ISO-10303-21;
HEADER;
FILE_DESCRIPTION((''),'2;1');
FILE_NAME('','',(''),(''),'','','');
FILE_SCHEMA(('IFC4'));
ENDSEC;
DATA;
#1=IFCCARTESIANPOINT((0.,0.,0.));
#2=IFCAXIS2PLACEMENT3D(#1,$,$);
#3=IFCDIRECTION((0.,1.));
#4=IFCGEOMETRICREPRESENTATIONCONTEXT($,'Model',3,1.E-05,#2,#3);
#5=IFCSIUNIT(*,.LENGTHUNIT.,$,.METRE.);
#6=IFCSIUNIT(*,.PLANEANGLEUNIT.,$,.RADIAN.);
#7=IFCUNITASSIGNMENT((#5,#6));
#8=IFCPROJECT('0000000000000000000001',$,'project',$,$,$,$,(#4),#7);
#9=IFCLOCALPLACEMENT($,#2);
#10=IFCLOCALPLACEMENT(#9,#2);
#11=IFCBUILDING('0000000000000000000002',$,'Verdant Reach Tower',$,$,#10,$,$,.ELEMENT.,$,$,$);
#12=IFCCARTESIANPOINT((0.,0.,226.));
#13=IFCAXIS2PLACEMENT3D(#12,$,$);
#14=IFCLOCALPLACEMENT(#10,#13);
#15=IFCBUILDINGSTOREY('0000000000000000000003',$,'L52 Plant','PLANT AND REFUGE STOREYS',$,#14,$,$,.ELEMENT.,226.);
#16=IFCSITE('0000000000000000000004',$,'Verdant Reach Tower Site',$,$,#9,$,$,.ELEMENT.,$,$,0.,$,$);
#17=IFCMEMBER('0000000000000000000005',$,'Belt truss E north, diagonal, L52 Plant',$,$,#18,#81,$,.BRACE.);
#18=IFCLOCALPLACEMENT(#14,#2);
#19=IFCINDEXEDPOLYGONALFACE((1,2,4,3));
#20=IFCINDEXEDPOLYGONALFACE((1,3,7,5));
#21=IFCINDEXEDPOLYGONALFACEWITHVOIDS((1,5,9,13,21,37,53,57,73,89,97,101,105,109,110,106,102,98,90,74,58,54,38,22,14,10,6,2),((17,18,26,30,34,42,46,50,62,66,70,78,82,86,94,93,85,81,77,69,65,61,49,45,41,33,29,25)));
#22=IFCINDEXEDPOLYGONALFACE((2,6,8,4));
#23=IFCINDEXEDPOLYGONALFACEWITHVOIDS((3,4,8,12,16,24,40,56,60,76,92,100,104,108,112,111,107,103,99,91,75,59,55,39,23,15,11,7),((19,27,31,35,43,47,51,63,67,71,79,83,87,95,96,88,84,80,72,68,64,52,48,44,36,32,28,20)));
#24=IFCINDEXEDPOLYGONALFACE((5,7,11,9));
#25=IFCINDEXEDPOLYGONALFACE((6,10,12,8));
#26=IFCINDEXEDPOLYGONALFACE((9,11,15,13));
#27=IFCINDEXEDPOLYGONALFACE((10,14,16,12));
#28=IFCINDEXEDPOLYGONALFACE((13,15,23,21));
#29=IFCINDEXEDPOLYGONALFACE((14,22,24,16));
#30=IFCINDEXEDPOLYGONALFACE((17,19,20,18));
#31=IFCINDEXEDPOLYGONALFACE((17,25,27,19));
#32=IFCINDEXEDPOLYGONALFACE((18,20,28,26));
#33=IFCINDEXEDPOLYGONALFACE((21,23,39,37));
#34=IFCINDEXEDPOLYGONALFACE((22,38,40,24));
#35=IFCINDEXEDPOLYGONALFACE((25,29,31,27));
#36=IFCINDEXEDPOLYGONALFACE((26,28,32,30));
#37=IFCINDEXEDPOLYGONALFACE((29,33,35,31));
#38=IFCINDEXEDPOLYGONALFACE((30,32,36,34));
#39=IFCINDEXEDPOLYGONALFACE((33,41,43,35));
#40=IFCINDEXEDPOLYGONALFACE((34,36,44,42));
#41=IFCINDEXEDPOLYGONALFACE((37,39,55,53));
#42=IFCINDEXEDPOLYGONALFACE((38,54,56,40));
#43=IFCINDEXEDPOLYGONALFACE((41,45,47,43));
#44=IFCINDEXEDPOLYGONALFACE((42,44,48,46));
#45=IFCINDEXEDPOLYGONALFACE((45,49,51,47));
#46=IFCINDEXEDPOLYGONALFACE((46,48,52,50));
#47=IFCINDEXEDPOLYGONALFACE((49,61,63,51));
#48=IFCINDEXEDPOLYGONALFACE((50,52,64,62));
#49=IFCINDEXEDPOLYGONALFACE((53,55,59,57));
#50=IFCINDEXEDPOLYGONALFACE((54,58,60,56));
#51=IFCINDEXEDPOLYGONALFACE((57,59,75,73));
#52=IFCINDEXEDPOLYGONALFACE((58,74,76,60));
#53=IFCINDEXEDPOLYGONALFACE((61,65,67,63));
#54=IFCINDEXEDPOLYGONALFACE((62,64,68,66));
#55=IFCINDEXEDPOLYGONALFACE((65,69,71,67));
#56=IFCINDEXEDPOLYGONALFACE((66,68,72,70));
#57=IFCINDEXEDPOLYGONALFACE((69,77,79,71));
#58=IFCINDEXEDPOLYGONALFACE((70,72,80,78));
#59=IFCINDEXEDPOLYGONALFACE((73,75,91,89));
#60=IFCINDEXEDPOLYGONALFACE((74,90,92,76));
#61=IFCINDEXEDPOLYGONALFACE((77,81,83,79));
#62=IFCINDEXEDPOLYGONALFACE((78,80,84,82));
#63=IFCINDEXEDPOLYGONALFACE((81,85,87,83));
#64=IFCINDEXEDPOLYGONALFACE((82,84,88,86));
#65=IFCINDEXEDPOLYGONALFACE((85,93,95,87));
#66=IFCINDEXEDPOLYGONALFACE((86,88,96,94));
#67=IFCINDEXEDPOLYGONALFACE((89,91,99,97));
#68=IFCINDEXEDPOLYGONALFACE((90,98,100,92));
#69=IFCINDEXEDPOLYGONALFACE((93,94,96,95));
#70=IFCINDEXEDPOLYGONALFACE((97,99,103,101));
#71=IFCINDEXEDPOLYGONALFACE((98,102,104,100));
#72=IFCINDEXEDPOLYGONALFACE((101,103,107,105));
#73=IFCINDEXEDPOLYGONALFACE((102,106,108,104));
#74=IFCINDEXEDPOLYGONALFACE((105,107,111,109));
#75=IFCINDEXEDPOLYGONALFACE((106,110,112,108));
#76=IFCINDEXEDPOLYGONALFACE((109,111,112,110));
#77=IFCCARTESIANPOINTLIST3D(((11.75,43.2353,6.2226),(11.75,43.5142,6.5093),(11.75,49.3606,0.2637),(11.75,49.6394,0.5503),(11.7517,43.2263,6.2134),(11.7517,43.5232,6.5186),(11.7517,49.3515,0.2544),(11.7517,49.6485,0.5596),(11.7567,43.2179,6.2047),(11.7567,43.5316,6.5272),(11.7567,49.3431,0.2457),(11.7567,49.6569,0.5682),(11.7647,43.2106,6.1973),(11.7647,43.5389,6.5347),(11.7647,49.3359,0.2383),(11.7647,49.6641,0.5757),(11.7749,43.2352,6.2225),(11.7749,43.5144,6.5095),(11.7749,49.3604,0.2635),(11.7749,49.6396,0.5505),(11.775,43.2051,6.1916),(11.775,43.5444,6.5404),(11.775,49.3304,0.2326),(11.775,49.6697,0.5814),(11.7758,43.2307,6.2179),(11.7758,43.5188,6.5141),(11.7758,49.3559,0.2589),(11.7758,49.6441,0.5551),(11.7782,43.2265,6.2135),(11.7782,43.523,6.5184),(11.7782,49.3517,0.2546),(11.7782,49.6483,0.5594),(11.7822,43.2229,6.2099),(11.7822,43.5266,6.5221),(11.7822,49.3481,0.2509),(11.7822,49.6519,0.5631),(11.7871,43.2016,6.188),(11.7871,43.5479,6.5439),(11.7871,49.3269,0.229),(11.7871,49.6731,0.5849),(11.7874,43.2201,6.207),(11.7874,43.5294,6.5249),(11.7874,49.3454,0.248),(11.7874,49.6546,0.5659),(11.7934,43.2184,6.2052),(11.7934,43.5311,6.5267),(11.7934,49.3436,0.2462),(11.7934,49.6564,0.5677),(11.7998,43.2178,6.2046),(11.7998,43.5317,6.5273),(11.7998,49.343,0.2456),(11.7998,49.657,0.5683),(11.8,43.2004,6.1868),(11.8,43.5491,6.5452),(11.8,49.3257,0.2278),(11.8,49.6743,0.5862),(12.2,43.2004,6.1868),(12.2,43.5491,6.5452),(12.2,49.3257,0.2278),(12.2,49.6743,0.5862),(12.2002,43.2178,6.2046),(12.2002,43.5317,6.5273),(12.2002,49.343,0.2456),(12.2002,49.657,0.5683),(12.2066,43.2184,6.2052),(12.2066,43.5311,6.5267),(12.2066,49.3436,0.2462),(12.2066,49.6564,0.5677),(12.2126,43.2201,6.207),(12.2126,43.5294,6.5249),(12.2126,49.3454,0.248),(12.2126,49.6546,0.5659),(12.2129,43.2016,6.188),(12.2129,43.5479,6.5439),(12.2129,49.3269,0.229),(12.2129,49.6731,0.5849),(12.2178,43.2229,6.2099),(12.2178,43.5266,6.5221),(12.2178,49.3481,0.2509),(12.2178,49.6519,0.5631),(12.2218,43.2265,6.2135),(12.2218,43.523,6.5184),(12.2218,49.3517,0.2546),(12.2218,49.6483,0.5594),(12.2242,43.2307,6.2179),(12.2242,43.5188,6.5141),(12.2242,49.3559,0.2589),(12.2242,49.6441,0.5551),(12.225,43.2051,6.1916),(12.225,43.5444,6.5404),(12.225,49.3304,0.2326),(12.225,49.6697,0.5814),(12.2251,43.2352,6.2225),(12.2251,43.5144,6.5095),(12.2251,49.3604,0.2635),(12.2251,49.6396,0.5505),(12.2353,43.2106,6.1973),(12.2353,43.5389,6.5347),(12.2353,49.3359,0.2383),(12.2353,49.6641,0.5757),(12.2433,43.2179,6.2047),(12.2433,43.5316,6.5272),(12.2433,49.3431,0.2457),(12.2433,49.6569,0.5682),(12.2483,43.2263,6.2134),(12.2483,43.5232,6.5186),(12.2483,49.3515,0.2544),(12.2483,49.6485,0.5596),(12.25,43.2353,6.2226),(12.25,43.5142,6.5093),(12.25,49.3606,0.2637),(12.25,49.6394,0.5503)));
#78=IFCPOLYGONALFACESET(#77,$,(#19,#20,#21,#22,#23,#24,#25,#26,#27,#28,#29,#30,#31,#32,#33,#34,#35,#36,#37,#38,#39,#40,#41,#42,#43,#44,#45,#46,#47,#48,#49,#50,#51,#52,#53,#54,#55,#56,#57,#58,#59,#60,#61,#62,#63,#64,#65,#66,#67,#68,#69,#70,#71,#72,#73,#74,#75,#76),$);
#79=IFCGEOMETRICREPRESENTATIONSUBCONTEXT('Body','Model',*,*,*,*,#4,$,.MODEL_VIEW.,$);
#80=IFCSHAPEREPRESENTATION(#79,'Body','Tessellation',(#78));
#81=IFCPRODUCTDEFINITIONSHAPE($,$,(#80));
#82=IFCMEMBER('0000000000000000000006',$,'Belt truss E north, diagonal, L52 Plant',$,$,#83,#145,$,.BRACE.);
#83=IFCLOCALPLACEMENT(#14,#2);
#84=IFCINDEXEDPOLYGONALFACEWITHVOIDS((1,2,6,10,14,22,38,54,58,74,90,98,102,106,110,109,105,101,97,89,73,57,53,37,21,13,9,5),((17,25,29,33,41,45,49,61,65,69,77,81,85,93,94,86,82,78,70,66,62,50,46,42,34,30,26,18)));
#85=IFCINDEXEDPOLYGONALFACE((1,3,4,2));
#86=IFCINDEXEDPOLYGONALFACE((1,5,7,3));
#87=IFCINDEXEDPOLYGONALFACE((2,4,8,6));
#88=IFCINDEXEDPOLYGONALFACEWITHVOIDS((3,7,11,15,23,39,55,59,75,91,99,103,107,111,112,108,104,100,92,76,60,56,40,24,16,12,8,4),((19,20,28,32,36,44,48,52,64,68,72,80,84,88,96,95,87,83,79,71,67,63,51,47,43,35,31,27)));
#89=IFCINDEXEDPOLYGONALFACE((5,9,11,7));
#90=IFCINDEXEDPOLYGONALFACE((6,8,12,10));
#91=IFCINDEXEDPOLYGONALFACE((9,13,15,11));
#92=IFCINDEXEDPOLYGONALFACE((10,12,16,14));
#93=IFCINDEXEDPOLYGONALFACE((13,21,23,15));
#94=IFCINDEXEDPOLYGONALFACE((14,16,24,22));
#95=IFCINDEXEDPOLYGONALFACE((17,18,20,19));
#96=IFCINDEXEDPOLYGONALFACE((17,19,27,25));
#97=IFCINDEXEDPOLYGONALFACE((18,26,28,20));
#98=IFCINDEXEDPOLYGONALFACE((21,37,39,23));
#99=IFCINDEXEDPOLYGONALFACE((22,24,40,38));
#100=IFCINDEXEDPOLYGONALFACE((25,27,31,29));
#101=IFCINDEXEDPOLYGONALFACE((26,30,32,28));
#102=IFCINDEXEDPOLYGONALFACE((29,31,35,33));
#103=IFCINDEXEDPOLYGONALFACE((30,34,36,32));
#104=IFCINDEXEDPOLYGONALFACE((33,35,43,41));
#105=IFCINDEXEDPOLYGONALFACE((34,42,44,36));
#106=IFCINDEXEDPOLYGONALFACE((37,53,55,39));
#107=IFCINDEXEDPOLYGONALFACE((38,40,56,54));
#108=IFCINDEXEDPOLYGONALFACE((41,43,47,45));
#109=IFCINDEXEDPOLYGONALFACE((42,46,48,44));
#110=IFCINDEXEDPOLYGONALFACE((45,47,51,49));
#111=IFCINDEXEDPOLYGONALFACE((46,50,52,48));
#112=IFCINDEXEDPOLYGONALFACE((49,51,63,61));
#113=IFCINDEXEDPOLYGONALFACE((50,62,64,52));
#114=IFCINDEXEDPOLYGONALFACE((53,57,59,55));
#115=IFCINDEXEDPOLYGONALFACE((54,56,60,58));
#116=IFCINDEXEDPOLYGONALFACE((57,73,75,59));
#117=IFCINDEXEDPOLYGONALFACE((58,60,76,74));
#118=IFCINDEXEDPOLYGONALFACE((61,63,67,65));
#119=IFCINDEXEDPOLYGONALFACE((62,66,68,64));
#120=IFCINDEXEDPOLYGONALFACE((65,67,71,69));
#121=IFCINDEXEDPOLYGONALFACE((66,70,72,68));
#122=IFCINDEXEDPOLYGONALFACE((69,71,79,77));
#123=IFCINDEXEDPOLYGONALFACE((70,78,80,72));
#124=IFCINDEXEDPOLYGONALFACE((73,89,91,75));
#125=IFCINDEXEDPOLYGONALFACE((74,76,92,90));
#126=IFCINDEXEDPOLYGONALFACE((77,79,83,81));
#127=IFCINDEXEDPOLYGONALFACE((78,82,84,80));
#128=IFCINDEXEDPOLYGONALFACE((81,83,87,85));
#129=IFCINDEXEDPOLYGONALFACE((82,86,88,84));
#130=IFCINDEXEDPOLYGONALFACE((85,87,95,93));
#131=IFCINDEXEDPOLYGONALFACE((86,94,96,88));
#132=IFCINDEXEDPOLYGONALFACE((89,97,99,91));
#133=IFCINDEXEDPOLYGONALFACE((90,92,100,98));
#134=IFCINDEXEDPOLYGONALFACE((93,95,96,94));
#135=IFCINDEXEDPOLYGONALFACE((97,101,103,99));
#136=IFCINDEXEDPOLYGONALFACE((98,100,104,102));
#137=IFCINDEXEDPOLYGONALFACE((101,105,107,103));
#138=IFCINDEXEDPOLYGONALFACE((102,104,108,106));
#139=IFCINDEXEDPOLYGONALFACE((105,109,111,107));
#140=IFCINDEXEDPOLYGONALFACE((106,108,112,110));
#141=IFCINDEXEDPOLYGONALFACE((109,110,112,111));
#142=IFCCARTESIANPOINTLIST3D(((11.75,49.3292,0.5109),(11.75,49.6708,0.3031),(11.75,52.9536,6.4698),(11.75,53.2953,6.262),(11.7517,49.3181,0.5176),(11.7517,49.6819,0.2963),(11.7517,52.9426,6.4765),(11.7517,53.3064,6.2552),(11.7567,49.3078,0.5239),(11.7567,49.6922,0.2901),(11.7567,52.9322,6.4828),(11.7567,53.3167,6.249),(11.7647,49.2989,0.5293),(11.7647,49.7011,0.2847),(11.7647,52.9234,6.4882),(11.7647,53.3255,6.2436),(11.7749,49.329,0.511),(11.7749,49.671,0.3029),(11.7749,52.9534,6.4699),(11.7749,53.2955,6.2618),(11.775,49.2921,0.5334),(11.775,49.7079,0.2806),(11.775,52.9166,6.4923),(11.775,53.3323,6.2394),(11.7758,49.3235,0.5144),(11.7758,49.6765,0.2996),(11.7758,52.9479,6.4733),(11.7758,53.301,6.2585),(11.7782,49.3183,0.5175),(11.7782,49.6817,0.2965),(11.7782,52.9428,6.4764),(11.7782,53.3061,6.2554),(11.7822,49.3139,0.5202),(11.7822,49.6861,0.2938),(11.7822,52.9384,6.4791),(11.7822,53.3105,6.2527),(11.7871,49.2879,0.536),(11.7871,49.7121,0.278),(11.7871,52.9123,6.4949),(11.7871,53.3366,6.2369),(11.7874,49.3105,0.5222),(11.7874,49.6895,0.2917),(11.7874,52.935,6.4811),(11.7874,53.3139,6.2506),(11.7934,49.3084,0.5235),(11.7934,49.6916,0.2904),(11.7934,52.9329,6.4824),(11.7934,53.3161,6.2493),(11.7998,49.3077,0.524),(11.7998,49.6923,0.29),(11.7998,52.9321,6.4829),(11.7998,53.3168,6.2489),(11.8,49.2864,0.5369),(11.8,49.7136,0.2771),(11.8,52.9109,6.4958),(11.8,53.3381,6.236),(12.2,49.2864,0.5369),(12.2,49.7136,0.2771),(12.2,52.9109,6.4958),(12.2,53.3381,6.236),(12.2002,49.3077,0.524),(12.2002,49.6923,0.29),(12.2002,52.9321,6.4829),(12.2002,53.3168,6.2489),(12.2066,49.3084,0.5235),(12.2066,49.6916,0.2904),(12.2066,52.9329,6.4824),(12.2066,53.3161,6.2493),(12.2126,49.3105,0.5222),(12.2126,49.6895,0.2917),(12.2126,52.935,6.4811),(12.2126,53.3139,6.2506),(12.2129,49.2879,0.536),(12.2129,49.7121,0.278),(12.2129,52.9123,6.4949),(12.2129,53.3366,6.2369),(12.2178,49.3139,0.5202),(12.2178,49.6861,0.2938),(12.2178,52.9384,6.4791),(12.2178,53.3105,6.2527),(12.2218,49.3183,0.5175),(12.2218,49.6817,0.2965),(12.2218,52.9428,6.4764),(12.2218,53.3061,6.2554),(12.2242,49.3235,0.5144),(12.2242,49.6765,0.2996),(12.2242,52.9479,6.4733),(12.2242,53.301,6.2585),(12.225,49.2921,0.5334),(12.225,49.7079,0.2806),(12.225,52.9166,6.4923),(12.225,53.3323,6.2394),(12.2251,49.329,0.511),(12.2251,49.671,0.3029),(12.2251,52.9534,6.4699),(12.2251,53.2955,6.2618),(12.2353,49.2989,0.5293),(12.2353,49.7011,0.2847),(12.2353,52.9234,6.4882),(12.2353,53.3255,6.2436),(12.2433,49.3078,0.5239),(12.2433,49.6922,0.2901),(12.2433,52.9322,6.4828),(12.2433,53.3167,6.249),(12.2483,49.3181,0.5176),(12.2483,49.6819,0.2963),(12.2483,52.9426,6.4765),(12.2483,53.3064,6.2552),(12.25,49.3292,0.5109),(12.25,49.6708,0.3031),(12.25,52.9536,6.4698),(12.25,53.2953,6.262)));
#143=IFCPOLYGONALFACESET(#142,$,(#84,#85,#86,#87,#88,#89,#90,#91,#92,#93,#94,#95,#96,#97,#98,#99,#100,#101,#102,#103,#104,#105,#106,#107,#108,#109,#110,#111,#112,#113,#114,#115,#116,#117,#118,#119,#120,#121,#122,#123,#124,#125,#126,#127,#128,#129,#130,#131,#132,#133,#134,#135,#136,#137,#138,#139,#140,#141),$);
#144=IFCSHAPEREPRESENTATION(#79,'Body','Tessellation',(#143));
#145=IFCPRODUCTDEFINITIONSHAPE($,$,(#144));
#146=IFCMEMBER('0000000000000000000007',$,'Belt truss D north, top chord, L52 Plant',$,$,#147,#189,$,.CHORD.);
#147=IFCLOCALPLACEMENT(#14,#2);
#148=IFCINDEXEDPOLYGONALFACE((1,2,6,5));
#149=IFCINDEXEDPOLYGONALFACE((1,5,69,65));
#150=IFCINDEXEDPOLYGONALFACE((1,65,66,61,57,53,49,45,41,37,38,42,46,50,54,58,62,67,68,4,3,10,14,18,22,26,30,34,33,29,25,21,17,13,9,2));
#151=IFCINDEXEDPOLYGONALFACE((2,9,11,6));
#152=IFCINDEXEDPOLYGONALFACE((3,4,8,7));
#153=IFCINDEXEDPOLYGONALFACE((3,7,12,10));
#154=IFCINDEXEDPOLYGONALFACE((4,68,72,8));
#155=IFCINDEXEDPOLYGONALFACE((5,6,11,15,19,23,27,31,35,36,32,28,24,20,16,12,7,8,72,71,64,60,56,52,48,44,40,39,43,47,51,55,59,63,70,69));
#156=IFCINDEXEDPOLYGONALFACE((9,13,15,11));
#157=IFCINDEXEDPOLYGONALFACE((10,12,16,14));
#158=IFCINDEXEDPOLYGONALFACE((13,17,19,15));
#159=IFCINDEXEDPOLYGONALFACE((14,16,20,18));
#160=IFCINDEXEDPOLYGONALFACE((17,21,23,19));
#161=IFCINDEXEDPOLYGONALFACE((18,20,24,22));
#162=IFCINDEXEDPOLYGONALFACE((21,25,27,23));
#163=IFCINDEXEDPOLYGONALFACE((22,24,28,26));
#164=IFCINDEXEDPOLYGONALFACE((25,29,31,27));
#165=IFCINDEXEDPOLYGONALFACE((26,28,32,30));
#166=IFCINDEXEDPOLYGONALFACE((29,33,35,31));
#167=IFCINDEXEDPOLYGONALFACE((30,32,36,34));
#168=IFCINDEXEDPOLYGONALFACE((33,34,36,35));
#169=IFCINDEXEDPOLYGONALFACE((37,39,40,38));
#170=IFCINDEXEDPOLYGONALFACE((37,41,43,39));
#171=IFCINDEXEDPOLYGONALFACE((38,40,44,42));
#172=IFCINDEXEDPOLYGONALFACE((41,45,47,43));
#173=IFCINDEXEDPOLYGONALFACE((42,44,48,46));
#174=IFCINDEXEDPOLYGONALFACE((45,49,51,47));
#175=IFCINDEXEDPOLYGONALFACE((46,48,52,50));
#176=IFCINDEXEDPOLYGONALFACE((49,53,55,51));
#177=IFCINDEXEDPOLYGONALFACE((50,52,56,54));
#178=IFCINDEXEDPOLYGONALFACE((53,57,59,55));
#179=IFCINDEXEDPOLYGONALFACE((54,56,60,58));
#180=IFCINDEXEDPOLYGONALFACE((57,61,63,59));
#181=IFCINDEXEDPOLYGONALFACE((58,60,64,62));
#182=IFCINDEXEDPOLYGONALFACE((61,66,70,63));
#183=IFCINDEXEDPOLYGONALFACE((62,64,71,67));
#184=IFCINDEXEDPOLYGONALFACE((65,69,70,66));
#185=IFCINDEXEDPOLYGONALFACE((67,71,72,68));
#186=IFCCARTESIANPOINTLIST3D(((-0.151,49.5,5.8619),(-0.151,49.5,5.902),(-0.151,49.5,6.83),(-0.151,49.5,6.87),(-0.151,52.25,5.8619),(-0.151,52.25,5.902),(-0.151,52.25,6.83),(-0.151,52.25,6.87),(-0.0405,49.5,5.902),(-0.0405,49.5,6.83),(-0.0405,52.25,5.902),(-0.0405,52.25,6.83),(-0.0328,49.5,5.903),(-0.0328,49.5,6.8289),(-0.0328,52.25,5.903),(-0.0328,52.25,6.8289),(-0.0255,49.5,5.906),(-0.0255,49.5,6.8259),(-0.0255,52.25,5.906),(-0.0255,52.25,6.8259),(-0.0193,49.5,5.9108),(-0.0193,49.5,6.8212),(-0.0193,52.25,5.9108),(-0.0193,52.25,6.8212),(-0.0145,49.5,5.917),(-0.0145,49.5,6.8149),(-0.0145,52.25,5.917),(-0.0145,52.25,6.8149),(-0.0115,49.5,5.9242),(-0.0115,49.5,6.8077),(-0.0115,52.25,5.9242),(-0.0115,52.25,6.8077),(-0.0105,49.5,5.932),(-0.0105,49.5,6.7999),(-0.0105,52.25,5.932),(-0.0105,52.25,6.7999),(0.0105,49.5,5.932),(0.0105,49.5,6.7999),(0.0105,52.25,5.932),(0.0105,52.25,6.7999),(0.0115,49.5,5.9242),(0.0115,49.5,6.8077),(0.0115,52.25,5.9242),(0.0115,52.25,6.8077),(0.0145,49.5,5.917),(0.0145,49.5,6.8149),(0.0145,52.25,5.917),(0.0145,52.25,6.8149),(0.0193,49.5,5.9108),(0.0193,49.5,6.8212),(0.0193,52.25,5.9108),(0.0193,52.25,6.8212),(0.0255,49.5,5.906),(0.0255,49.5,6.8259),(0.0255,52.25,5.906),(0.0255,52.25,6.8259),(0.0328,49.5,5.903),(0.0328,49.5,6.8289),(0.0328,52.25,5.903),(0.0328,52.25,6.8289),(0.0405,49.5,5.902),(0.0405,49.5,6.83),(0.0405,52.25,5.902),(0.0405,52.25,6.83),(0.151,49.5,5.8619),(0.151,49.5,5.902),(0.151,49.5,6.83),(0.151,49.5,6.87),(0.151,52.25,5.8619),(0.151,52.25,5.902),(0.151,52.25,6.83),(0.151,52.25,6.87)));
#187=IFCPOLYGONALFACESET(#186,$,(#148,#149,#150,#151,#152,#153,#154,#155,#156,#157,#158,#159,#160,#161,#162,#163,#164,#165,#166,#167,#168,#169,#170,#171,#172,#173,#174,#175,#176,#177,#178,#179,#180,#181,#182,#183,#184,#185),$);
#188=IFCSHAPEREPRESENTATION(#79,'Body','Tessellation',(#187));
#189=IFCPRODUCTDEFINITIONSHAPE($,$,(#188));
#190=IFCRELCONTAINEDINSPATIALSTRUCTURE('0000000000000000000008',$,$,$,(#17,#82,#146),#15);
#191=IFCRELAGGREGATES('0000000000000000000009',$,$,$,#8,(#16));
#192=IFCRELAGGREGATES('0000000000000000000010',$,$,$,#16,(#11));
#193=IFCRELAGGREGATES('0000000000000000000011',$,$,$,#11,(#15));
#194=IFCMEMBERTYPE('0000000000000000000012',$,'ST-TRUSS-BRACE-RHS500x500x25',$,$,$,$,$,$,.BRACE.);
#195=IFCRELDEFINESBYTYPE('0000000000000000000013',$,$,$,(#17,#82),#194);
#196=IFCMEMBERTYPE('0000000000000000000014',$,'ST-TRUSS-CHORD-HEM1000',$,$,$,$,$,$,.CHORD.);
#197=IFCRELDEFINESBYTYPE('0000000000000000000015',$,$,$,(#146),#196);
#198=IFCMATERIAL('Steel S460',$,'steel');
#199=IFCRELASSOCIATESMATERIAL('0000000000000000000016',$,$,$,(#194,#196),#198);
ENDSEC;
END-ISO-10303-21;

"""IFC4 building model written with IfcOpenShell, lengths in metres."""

from ifc_helpers import new_model, si_unit, direction, frame, origin, origin_2d, place, context, subcontext, project, spatial, hollow_rectangle, i_section, extrude, material, material_profile, profile_set, type_object, element, save


model = new_model("IFC4")

# Units and contexts
model_context = context("Model", 3, precision=1e-05, world=origin(), true_north=direction((0.0, 1.0)))
body_context = subcontext(model_context, "Body", "Model", "MODEL_VIEW")
ifc_project = project(units=[si_unit("LENGTHUNIT", "METRE"), si_unit("PLANEANGLEUNIT", "RADIAN")], contexts=[model_context])

# Site, building, storey
site_placement = place(None, origin())
site = spatial("IfcSite", under=ifc_project, at=site_placement, Name="Verdant Reach Tower Site", CompositionType="ELEMENT", RefElevation=0.0)
building_placement = place(site_placement, origin())
building = spatial("IfcBuilding", under=site, at=building_placement, Name="Verdant Reach Tower", CompositionType="ELEMENT")
storey_placement = place(building_placement, frame((0.0, 0.0, 226.0)))
storey = spatial("IfcBuildingStorey", under=building, at=storey_placement, Name="L52 Plant", Description="PLANT AND REFUGE STOREYS", CompositionType="ELEMENT", Elevation=226.0)

# Shared definitions
ifc_material_1 = material(Name="Steel S460", Category="steel")

# Members
ifc_material_profile_1 = material_profile(ifc_material_1, hollow_rectangle(XDim=0.5, YDim=0.5, WallThickness=0.0249, InnerFilletRadius=0.0249, OuterFilletRadius=0.05, at=origin_2d()), Name="RHS 500x500x25")
ifc_profile_set_1 = profile_set([ifc_material_profile_1], Name="Steel S460")
member_type_1 = type_object("IfcMemberType", Name="ST-TRUSS-BRACE-RHS500x500x25", PredefinedType="BRACE", material=ifc_profile_set_1)
member_1_placement = place(storey_placement, frame((12.0, 43.3748, 6.366), z_axis=(0.0, 0.716768, -0.697312), x_axis=(-1.0, 0.0, 0.0)))
element("IfcMember", 1, at=member_1_placement, inside=storey, type_object=member_type_1, Name="Belt truss E north, diagonal, L52 Plant", PredefinedType="BRACE", context=body_context, shape_type="SweptSolid", body=[
    extrude(hollow_rectangle(XDim=0.5, YDim=0.5, WallThickness=0.0249, InnerFilletRadius=0.0249, OuterFilletRadius=0.05, at=origin_2d()), origin(), (0.0, 0.0, 1.0), 8.5457),
])
member_2_placement = place(storey_placement, frame((12.0, 49.5, 0.407), z_axis=(0.0, 0.519665, 0.85437), x_axis=(-1.0, 0.0, 0.0)))
element("IfcMember", 2, at=member_2_placement, inside=storey, type_object=member_type_1, Name="Belt truss E north, diagonal, L52 Plant", PredefinedType="BRACE", context=body_context, shape_type="SweptSolid", body=[
    extrude(hollow_rectangle(XDim=0.5, YDim=0.5, WallThickness=0.0249, InnerFilletRadius=0.0249, OuterFilletRadius=0.05, at=origin_2d()), origin(), (0.0, 0.0, 1.0), 6.9746),
])
ifc_material_profile_2 = material_profile(ifc_material_1, i_section(OverallWidth=0.302, OverallDepth=1.0081, WebThickness=0.021, FlangeThickness=0.04, FilletRadius=0.03, at=origin_2d()), Name="HEM 1000")
ifc_profile_set_2 = profile_set([ifc_material_profile_2], Name="Steel S460")
member_type_2 = type_object("IfcMemberType", Name="ST-TRUSS-CHORD-HEM1000", PredefinedType="CHORD", material=ifc_profile_set_2)
member_3_placement = place(storey_placement, frame((0.0, 49.5, 6.366), z_axis=(0.0, 1.0, 0.0), x_axis=(-1.0, 0.0, 0.0)))
element("IfcMember", 3, at=member_3_placement, inside=storey, type_object=member_type_2, Name="Belt truss D north, top chord, L52 Plant", PredefinedType="CHORD", context=body_context, shape_type="SweptSolid", body=[
    extrude(i_section(OverallWidth=0.302, OverallDepth=1.0081, WebThickness=0.021, FlangeThickness=0.04, FilletRadius=0.03, at=origin_2d()), origin(), (0.0, 0.0, 1.0), 2.75),
])

save(model, "model.ifc")
